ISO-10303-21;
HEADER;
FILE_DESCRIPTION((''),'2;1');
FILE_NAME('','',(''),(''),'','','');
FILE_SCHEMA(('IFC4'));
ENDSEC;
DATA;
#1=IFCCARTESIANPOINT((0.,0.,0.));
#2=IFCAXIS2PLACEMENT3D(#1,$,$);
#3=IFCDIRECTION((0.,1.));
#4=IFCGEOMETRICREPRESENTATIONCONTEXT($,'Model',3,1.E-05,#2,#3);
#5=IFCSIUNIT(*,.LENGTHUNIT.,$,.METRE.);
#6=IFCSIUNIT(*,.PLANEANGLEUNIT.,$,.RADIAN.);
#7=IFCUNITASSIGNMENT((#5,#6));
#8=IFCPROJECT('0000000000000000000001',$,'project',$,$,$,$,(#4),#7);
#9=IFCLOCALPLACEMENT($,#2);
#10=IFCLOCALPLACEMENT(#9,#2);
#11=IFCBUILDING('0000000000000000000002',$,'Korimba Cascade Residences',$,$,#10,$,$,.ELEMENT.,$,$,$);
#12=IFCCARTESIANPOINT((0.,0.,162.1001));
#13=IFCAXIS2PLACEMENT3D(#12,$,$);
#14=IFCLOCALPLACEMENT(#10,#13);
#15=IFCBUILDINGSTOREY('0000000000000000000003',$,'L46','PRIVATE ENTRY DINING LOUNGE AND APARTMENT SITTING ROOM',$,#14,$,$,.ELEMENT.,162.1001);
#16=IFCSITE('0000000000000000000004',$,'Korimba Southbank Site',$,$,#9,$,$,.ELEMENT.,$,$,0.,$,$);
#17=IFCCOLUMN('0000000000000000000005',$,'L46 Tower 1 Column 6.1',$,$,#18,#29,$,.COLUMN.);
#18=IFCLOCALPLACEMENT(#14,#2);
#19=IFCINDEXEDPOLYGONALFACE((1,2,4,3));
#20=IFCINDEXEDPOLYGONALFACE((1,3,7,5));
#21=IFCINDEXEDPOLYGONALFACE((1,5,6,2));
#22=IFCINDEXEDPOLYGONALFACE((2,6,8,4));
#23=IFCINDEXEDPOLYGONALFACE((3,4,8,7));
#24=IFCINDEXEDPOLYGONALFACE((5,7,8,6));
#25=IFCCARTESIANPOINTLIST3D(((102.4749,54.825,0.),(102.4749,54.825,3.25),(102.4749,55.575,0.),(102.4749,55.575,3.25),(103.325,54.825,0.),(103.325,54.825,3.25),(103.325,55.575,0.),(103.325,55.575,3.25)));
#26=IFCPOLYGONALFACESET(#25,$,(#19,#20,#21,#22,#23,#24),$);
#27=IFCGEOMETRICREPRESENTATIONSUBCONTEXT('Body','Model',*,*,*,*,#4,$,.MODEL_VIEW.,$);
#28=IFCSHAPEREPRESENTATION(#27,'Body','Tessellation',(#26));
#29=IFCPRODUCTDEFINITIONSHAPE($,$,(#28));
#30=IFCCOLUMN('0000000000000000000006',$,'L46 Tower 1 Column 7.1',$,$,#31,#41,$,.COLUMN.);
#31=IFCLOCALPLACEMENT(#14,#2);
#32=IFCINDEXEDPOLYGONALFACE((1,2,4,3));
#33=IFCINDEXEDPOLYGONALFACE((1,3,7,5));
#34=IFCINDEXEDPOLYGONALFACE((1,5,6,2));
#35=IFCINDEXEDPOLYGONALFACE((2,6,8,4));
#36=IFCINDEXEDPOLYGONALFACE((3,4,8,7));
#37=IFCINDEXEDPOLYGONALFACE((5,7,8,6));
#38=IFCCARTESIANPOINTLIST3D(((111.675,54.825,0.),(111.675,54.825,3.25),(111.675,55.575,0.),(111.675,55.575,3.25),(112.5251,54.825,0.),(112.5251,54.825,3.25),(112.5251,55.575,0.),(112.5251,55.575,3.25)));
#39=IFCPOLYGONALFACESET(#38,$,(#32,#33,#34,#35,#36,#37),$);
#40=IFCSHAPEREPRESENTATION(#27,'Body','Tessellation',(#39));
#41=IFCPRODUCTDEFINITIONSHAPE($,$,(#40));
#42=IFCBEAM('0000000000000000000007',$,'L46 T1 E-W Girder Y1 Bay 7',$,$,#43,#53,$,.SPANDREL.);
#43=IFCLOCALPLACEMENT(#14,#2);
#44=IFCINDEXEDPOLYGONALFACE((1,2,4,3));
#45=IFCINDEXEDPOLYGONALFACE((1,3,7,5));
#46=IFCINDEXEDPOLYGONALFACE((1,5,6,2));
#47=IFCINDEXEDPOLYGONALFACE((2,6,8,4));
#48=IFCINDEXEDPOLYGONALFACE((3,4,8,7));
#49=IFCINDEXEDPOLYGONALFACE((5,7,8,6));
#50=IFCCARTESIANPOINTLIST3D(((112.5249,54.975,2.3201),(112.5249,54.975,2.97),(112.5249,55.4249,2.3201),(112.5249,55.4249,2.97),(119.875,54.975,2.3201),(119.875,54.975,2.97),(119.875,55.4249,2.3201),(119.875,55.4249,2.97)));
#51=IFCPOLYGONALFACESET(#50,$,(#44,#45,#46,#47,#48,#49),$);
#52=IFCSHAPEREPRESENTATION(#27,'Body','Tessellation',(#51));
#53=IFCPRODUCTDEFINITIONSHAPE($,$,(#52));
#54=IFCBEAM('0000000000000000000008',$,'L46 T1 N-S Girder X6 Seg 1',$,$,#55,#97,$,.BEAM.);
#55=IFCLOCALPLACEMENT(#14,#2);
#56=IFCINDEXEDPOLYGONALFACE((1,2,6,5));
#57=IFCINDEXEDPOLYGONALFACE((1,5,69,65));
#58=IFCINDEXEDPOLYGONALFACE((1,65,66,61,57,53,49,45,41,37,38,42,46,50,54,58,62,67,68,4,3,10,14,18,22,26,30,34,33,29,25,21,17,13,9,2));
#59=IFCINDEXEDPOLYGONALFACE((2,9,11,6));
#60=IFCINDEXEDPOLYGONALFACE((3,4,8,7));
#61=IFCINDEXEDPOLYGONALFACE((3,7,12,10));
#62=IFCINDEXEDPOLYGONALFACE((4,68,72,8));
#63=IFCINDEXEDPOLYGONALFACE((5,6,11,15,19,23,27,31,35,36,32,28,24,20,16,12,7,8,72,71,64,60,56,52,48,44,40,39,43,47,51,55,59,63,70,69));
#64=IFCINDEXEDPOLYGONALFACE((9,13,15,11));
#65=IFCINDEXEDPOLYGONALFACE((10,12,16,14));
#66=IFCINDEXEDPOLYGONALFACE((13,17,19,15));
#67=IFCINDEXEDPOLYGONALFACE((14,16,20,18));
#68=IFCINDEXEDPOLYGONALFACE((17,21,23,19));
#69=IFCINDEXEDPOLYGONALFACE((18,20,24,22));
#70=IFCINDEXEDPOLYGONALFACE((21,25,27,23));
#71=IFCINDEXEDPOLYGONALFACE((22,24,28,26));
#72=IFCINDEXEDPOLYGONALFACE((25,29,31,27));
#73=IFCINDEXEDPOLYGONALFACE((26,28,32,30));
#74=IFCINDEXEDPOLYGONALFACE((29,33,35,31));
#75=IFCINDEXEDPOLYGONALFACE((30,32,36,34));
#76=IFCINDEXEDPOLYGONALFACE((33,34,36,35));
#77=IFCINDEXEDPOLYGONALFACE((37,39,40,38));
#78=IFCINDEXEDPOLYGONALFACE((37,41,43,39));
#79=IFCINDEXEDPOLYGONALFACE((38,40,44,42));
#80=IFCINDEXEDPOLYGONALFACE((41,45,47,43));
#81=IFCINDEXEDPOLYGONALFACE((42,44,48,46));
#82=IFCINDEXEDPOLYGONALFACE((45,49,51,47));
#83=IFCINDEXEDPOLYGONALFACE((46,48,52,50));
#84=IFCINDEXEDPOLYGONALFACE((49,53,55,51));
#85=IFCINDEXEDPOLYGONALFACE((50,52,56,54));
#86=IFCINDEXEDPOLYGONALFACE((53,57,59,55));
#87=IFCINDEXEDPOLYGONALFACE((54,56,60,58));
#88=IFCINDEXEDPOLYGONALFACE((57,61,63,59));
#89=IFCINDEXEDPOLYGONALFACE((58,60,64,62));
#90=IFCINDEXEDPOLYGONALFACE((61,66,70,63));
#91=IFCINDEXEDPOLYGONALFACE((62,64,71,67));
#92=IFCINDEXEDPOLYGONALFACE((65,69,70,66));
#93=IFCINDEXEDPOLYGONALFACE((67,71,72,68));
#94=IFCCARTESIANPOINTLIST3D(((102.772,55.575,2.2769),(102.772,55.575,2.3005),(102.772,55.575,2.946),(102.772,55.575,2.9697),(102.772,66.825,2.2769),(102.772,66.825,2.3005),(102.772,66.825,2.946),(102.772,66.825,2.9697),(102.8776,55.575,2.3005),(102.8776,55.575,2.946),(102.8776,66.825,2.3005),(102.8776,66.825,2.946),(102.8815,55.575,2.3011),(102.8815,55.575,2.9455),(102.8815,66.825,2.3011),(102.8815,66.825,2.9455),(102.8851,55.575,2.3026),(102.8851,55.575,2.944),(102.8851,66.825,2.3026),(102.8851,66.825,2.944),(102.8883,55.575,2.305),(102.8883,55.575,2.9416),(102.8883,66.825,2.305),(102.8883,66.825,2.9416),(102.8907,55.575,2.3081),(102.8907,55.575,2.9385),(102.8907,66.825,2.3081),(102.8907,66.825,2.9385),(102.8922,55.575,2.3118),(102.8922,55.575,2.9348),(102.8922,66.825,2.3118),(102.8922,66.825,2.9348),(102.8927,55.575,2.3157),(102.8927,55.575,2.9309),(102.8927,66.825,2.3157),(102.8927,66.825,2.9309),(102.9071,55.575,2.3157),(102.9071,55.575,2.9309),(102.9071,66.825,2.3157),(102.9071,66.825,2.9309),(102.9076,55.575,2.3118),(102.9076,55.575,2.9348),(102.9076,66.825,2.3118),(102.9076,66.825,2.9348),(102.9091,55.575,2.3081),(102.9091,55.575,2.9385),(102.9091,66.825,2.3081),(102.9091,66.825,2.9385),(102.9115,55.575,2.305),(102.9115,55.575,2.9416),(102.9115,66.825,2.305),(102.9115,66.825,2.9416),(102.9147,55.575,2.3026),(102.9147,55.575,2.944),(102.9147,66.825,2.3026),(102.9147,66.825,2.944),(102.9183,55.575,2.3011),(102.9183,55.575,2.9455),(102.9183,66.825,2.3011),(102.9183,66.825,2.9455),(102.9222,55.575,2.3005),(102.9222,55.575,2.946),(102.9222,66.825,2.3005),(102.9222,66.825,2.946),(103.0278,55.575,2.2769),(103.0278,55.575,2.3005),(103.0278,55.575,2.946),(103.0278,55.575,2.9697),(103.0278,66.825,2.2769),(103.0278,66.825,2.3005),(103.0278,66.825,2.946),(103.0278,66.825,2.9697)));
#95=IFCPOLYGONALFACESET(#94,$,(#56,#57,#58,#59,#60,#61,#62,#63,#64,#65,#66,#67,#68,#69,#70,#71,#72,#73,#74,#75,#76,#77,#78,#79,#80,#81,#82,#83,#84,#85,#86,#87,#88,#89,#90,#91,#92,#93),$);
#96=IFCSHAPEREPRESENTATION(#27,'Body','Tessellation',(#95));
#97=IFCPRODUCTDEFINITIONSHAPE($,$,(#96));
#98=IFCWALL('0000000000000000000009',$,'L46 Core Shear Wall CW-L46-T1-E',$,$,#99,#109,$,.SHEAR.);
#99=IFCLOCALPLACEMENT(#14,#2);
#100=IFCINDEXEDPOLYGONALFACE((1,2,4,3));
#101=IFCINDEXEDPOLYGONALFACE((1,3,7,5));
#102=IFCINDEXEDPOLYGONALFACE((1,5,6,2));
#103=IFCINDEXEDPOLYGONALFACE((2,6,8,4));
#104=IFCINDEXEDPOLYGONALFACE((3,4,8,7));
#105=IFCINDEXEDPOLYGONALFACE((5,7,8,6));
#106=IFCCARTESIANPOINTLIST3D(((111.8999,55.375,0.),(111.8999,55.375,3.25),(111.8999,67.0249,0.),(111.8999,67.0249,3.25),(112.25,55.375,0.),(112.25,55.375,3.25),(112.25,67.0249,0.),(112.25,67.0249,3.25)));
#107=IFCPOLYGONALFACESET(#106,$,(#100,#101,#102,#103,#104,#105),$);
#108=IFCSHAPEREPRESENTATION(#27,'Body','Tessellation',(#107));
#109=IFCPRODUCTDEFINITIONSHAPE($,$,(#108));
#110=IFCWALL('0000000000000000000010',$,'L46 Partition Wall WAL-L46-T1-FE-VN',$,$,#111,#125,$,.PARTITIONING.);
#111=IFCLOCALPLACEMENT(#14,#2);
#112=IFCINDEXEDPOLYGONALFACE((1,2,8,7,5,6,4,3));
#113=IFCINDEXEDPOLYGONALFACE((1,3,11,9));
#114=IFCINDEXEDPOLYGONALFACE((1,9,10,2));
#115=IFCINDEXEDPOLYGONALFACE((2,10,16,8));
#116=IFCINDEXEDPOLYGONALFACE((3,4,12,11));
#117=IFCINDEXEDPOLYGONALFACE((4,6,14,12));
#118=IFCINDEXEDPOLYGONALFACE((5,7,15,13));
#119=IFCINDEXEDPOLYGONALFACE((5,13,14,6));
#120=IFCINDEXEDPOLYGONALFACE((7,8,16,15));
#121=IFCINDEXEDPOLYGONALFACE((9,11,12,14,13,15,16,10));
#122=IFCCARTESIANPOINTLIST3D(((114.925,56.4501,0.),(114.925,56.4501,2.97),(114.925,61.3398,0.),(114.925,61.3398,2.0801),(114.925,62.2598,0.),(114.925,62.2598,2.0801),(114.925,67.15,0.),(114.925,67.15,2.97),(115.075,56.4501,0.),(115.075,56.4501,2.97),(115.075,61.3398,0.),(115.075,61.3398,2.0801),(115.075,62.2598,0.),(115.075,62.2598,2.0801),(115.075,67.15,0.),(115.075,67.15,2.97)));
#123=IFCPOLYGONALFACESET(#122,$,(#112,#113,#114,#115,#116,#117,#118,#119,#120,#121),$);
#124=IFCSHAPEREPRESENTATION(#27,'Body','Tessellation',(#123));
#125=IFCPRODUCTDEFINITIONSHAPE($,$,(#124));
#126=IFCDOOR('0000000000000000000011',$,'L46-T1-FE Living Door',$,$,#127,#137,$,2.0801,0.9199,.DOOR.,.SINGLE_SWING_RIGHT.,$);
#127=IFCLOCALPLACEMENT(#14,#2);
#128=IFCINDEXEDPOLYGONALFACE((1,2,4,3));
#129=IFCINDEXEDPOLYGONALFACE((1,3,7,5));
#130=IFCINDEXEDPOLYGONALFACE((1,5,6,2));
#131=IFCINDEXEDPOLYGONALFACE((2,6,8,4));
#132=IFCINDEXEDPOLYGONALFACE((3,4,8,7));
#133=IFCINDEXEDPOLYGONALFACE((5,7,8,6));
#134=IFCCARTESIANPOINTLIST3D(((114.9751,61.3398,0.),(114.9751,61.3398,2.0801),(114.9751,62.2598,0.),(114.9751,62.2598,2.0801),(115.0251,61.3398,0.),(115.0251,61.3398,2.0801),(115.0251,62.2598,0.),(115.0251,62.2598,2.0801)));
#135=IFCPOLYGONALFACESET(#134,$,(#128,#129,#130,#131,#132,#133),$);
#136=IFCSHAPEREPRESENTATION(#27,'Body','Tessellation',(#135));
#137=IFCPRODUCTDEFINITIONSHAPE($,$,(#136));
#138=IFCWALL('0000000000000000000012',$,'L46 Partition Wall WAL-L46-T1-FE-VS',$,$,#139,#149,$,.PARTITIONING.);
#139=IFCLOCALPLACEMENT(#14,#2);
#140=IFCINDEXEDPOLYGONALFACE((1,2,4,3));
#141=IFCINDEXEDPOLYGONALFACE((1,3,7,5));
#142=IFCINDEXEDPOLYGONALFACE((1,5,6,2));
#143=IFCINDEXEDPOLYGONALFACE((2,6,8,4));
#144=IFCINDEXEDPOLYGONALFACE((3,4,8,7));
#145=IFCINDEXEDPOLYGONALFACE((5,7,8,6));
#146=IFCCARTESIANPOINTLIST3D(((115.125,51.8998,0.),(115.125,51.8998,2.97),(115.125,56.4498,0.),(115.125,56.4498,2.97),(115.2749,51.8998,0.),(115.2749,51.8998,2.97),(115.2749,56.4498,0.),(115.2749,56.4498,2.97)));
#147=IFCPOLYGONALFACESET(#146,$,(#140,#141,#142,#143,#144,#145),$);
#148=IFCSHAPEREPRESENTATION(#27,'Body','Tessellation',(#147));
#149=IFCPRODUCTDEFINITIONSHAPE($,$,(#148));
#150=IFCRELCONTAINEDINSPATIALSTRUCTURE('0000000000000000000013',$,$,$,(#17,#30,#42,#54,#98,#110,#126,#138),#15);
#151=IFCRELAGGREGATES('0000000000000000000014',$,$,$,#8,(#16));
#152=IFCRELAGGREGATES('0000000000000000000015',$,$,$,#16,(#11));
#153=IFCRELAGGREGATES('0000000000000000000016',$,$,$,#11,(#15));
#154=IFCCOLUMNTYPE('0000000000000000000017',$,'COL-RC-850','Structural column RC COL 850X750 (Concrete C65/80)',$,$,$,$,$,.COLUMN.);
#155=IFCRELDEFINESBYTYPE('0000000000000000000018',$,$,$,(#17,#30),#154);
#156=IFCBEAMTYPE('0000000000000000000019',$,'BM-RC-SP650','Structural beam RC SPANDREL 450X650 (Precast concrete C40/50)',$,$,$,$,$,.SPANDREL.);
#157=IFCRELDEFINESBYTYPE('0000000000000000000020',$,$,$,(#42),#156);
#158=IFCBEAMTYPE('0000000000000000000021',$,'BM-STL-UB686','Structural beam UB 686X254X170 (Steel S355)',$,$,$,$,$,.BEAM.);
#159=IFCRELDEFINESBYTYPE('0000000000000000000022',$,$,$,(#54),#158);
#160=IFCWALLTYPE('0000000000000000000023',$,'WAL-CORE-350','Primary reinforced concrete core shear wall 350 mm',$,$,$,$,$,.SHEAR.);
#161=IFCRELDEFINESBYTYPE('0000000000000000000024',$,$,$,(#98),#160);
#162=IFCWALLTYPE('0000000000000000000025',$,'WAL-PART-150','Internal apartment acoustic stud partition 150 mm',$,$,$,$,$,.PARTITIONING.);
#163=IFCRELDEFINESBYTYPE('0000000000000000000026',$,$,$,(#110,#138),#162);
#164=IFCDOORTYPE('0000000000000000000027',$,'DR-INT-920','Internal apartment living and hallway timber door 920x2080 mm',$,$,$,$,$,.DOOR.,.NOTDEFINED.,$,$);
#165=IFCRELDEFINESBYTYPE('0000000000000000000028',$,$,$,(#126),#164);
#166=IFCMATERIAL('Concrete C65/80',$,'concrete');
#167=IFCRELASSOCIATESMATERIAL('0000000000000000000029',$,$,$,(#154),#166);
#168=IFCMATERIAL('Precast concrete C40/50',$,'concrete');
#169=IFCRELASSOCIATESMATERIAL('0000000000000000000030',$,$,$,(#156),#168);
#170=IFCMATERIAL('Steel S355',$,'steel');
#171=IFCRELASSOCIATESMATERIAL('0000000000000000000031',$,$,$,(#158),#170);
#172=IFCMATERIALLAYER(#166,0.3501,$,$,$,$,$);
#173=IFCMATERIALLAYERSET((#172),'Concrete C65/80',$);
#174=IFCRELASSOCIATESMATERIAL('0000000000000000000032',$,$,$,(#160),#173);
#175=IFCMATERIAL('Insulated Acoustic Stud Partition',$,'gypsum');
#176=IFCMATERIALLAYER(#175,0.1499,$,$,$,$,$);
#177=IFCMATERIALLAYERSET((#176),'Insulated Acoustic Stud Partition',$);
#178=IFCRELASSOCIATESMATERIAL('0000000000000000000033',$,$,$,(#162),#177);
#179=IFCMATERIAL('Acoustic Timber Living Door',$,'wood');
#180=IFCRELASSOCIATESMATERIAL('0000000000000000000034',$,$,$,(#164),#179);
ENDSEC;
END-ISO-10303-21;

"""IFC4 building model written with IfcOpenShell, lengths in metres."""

from ifc_helpers import new_model, si_unit, direction, frame, frame_2d, origin, origin_2d, place, context, subcontext, project, spatial, rectangle, i_section, extrude, material, layer, layer_set, material_profile, profile_set, type_object, element, fill, save


model = new_model("IFC4")

# Units and contexts
model_context = context("Model", 3, precision=1e-05, world=origin(), true_north=direction((0.0, 1.0)))
body_context = subcontext(model_context, "Body", "Model", "MODEL_VIEW")
ifc_project = project(units=[si_unit("LENGTHUNIT", "METRE"), si_unit("PLANEANGLEUNIT", "RADIAN")], contexts=[model_context])

# Site, building, storey
site_placement = place(None, origin())
site = spatial("IfcSite", under=ifc_project, at=site_placement, Name="Korimba Southbank Site", CompositionType="ELEMENT", RefElevation=0.0)
building_placement = place(site_placement, origin())
building = spatial("IfcBuilding", under=site, at=building_placement, Name="Korimba Cascade Residences", CompositionType="ELEMENT")
storey_placement = place(building_placement, frame((0.0, 0.0, 162.1001)))
storey = spatial("IfcBuildingStorey", under=building, at=storey_placement, Name="L46", Description="PRIVATE ENTRY DINING LOUNGE AND APARTMENT SITTING ROOM", CompositionType="ELEMENT", Elevation=162.1001)

# Columns
ifc_material_1 = material(Name="Concrete C65/80", Category="concrete")
ifc_material_profile_1 = material_profile(ifc_material_1, rectangle(XDim=0.8501, YDim=0.75, at=origin_2d()), Name="Concrete C65/80")
ifc_profile_set_1 = profile_set([ifc_material_profile_1], Name="Concrete C65/80")
column_type = type_object("IfcColumnType", Name="COL-RC-850", Description="Structural column RC COL 850X750 (Concrete C65/80)", PredefinedType="COLUMN", material=ifc_profile_set_1)
for number, where, z_axis, x_axis, name in (
    (1, (102.8999, 55.2, 0.0), (0.0, 0.0, 1.0), (1.0, 0.0, 0.0), "L46 Tower 1 Column 6.1"),
    (2, (112.1001, 55.2, 0.0), (0.0, 0.0, 1.0), (1.0, 0.0, 0.0), "L46 Tower 1 Column 7.1"),
):
    element("IfcColumn", number, at=place(storey_placement, frame(where, z_axis=z_axis, x_axis=x_axis)), inside=storey, type_object=column_type, Name=name, PredefinedType="COLUMN", context=body_context, shape_type="SweptSolid", body=[
        extrude(rectangle(XDim=0.8501, YDim=0.75, at=origin_2d()), origin(), (0.0, 0.0, 1.0), 3.25),
    ])

# Beams
ifc_material_2 = material(Name="Precast concrete C40/50", Category="concrete")
ifc_material_profile_2 = material_profile(ifc_material_2, rectangle(XDim=0.45, YDim=0.6499, at=origin_2d()), Name="Precast concrete C40/50")
ifc_profile_set_2 = profile_set([ifc_material_profile_2], Name="Precast concrete C40/50")
beam_type_1 = type_object("IfcBeamType", Name="BM-RC-SP650", Description="Structural beam RC SPANDREL 450X650 (Precast concrete C40/50)", PredefinedType="SPANDREL", material=ifc_profile_set_2)
beam_1_placement = place(storey_placement, frame((112.5249, 55.2, 2.645), z_axis=(1.0, 0.0, 0.0), x_axis=(0.0, 1.0, 0.0)))
element("IfcBeam", 3, at=beam_1_placement, inside=storey, type_object=beam_type_1, Name="L46 T1 E-W Girder Y1 Bay 7", PredefinedType="SPANDREL", context=body_context, shape_type="SweptSolid", body=[
    extrude(rectangle(XDim=0.45, YDim=0.6499, at=origin_2d()), origin(), (0.0, 0.0, 1.0), 7.3501),
])
ifc_material_3 = material(Name="Steel S355", Category="steel")
ifc_material_profile_3 = material_profile(ifc_material_3, i_section(OverallWidth=0.2559, OverallDepth=0.6929, WebThickness=0.0144, FlangeThickness=0.0237, FilletRadius=0.0151, at=origin_2d()), Name="Steel S355")
ifc_profile_set_3 = profile_set([ifc_material_profile_3], Name="Steel S355")
beam_type_2 = type_object("IfcBeamType", Name="BM-STL-UB686", Description="Structural beam UB 686X254X170 (Steel S355)", PredefinedType="BEAM", material=ifc_profile_set_3)
beam_2_placement = place(storey_placement, frame((102.8999, 55.575, 2.6233), z_axis=(0.0, 1.0, 0.0), x_axis=(-1.0, 0.0, 0.0)))
element("IfcBeam", 4, at=beam_2_placement, inside=storey, type_object=beam_type_2, Name="L46 T1 N-S Girder X6 Seg 1", PredefinedType="BEAM", context=body_context, shape_type="SweptSolid", body=[
    extrude(i_section(OverallWidth=0.2559, OverallDepth=0.6929, WebThickness=0.0144, FlangeThickness=0.0237, FilletRadius=0.0151, at=origin_2d()), origin(), (0.0, 0.0, 1.0), 11.25),
])

# Wall
ifc_layer_1 = layer(ifc_material_1, 0.3501)
ifc_layer_set_1 = layer_set([ifc_layer_1], Name="Concrete C65/80")
wall_type_1 = type_object("IfcWallType", Name="WAL-CORE-350", Description="Primary reinforced concrete core shear wall 350 mm", PredefinedType="SHEAR", material=ifc_layer_set_1)
wall_1_placement = place(storey_placement, frame((112.075, 55.375, 0.0), z_axis=(0.0, 0.0, 1.0), x_axis=(0.0, 1.0, 0.0)))
element("IfcWall", 5, at=wall_1_placement, inside=storey, type_object=wall_type_1, Name="L46 Core Shear Wall CW-L46-T1-E", PredefinedType="SHEAR", context=body_context, shape_type="SweptSolid", body=[
    extrude(rectangle(XDim=11.6499, YDim=0.3501, at=frame_2d((5.825, 0.0))), origin(), (0.0, 0.0, 1.0), 3.25),
])

# Wall, opening, door
ifc_material_4 = material(Name="Insulated Acoustic Stud Partition", Category="gypsum")
ifc_layer_2 = layer(ifc_material_4, 0.1499)
ifc_layer_set_2 = layer_set([ifc_layer_2], Name="Insulated Acoustic Stud Partition")
wall_type_2 = type_object("IfcWallType", Name="WAL-PART-150", Description="Internal apartment acoustic stud partition 150 mm", PredefinedType="PARTITIONING", material=ifc_layer_set_2)
wall_2_placement = place(storey_placement, frame((115.0, 56.45, 0.0), z_axis=(0.0, 0.0, 1.0), x_axis=(0.0, 1.0, 0.0)))
wall_2 = element("IfcWall", 6, at=wall_2_placement, inside=storey, type_object=wall_type_2, Name="L46 Partition Wall WAL-L46-T1-FE-VN", PredefinedType="PARTITIONING", context=body_context, shape_type="SweptSolid", body=[
    extrude(rectangle(XDim=10.7, YDim=0.1499, at=frame_2d((5.3501, 0.0))), origin(), (0.0, 0.0, 1.0), 2.97),
])
opening_1_placement = place(wall_2_placement, frame((4.8899, 0.0, 0.0)))
opening_1 = element("IfcOpeningElement", 7, at=opening_1_placement, cuts=wall_2, PredefinedType="OPENING", context=body_context, shape_type="SweptSolid", body=[
    extrude(rectangle(XDim=0.9199, YDim=2.0801, at=frame_2d((0.46, 1.04))), frame((0.0, 0.085, 0.0), z_axis=(0.0, -1.0, 0.0), x_axis=(1.0, 0.0, 0.0)), (0.0, 0.0, 1.0), 0.1699),
])
ifc_material_5 = material(Name="Acoustic Timber Living Door", Category="wood")
door_type_1 = type_object("IfcDoorType", Name="DR-INT-920", Description="Internal apartment living and hallway timber door 920x2080 mm", OperationType="NOTDEFINED", PredefinedType="DOOR", material=ifc_material_5)
door_1_placement = place(opening_1_placement, origin())
door_1 = element("IfcDoor", 8, at=door_1_placement, inside=storey, type_object=door_type_1, Name="L46-T1-FE Living Door", OperationType="SINGLE_SWING_RIGHT", OverallHeight=2.0801, OverallWidth=0.9199, PredefinedType="DOOR", context=body_context, shape_type="SweptSolid", body=[
    extrude(rectangle(XDim=0.9199, YDim=2.0801, at=frame_2d((0.46, 1.04))), frame((0.0, 0.0249, 0.0), z_axis=(0.0, -1.0, 0.0), x_axis=(1.0, 0.0, 0.0)), (0.0, 0.0, 1.0), 0.05),
])
fill(opening_1, door_1)

# Wall
wall_3_placement = place(storey_placement, frame((115.2, 51.8999, 0.0), z_axis=(0.0, 0.0, 1.0), x_axis=(0.0, 1.0, 0.0)))
element("IfcWall", 9, at=wall_3_placement, inside=storey, type_object=wall_type_2, Name="L46 Partition Wall WAL-L46-T1-FE-VS", PredefinedType="PARTITIONING", context=body_context, shape_type="SweptSolid", body=[
    extrude(rectangle(XDim=4.55, YDim=0.1499, at=frame_2d((2.2749, 0.0))), origin(), (0.0, 0.0, 1.0), 2.97),
])

save(model, "model.ifc")
